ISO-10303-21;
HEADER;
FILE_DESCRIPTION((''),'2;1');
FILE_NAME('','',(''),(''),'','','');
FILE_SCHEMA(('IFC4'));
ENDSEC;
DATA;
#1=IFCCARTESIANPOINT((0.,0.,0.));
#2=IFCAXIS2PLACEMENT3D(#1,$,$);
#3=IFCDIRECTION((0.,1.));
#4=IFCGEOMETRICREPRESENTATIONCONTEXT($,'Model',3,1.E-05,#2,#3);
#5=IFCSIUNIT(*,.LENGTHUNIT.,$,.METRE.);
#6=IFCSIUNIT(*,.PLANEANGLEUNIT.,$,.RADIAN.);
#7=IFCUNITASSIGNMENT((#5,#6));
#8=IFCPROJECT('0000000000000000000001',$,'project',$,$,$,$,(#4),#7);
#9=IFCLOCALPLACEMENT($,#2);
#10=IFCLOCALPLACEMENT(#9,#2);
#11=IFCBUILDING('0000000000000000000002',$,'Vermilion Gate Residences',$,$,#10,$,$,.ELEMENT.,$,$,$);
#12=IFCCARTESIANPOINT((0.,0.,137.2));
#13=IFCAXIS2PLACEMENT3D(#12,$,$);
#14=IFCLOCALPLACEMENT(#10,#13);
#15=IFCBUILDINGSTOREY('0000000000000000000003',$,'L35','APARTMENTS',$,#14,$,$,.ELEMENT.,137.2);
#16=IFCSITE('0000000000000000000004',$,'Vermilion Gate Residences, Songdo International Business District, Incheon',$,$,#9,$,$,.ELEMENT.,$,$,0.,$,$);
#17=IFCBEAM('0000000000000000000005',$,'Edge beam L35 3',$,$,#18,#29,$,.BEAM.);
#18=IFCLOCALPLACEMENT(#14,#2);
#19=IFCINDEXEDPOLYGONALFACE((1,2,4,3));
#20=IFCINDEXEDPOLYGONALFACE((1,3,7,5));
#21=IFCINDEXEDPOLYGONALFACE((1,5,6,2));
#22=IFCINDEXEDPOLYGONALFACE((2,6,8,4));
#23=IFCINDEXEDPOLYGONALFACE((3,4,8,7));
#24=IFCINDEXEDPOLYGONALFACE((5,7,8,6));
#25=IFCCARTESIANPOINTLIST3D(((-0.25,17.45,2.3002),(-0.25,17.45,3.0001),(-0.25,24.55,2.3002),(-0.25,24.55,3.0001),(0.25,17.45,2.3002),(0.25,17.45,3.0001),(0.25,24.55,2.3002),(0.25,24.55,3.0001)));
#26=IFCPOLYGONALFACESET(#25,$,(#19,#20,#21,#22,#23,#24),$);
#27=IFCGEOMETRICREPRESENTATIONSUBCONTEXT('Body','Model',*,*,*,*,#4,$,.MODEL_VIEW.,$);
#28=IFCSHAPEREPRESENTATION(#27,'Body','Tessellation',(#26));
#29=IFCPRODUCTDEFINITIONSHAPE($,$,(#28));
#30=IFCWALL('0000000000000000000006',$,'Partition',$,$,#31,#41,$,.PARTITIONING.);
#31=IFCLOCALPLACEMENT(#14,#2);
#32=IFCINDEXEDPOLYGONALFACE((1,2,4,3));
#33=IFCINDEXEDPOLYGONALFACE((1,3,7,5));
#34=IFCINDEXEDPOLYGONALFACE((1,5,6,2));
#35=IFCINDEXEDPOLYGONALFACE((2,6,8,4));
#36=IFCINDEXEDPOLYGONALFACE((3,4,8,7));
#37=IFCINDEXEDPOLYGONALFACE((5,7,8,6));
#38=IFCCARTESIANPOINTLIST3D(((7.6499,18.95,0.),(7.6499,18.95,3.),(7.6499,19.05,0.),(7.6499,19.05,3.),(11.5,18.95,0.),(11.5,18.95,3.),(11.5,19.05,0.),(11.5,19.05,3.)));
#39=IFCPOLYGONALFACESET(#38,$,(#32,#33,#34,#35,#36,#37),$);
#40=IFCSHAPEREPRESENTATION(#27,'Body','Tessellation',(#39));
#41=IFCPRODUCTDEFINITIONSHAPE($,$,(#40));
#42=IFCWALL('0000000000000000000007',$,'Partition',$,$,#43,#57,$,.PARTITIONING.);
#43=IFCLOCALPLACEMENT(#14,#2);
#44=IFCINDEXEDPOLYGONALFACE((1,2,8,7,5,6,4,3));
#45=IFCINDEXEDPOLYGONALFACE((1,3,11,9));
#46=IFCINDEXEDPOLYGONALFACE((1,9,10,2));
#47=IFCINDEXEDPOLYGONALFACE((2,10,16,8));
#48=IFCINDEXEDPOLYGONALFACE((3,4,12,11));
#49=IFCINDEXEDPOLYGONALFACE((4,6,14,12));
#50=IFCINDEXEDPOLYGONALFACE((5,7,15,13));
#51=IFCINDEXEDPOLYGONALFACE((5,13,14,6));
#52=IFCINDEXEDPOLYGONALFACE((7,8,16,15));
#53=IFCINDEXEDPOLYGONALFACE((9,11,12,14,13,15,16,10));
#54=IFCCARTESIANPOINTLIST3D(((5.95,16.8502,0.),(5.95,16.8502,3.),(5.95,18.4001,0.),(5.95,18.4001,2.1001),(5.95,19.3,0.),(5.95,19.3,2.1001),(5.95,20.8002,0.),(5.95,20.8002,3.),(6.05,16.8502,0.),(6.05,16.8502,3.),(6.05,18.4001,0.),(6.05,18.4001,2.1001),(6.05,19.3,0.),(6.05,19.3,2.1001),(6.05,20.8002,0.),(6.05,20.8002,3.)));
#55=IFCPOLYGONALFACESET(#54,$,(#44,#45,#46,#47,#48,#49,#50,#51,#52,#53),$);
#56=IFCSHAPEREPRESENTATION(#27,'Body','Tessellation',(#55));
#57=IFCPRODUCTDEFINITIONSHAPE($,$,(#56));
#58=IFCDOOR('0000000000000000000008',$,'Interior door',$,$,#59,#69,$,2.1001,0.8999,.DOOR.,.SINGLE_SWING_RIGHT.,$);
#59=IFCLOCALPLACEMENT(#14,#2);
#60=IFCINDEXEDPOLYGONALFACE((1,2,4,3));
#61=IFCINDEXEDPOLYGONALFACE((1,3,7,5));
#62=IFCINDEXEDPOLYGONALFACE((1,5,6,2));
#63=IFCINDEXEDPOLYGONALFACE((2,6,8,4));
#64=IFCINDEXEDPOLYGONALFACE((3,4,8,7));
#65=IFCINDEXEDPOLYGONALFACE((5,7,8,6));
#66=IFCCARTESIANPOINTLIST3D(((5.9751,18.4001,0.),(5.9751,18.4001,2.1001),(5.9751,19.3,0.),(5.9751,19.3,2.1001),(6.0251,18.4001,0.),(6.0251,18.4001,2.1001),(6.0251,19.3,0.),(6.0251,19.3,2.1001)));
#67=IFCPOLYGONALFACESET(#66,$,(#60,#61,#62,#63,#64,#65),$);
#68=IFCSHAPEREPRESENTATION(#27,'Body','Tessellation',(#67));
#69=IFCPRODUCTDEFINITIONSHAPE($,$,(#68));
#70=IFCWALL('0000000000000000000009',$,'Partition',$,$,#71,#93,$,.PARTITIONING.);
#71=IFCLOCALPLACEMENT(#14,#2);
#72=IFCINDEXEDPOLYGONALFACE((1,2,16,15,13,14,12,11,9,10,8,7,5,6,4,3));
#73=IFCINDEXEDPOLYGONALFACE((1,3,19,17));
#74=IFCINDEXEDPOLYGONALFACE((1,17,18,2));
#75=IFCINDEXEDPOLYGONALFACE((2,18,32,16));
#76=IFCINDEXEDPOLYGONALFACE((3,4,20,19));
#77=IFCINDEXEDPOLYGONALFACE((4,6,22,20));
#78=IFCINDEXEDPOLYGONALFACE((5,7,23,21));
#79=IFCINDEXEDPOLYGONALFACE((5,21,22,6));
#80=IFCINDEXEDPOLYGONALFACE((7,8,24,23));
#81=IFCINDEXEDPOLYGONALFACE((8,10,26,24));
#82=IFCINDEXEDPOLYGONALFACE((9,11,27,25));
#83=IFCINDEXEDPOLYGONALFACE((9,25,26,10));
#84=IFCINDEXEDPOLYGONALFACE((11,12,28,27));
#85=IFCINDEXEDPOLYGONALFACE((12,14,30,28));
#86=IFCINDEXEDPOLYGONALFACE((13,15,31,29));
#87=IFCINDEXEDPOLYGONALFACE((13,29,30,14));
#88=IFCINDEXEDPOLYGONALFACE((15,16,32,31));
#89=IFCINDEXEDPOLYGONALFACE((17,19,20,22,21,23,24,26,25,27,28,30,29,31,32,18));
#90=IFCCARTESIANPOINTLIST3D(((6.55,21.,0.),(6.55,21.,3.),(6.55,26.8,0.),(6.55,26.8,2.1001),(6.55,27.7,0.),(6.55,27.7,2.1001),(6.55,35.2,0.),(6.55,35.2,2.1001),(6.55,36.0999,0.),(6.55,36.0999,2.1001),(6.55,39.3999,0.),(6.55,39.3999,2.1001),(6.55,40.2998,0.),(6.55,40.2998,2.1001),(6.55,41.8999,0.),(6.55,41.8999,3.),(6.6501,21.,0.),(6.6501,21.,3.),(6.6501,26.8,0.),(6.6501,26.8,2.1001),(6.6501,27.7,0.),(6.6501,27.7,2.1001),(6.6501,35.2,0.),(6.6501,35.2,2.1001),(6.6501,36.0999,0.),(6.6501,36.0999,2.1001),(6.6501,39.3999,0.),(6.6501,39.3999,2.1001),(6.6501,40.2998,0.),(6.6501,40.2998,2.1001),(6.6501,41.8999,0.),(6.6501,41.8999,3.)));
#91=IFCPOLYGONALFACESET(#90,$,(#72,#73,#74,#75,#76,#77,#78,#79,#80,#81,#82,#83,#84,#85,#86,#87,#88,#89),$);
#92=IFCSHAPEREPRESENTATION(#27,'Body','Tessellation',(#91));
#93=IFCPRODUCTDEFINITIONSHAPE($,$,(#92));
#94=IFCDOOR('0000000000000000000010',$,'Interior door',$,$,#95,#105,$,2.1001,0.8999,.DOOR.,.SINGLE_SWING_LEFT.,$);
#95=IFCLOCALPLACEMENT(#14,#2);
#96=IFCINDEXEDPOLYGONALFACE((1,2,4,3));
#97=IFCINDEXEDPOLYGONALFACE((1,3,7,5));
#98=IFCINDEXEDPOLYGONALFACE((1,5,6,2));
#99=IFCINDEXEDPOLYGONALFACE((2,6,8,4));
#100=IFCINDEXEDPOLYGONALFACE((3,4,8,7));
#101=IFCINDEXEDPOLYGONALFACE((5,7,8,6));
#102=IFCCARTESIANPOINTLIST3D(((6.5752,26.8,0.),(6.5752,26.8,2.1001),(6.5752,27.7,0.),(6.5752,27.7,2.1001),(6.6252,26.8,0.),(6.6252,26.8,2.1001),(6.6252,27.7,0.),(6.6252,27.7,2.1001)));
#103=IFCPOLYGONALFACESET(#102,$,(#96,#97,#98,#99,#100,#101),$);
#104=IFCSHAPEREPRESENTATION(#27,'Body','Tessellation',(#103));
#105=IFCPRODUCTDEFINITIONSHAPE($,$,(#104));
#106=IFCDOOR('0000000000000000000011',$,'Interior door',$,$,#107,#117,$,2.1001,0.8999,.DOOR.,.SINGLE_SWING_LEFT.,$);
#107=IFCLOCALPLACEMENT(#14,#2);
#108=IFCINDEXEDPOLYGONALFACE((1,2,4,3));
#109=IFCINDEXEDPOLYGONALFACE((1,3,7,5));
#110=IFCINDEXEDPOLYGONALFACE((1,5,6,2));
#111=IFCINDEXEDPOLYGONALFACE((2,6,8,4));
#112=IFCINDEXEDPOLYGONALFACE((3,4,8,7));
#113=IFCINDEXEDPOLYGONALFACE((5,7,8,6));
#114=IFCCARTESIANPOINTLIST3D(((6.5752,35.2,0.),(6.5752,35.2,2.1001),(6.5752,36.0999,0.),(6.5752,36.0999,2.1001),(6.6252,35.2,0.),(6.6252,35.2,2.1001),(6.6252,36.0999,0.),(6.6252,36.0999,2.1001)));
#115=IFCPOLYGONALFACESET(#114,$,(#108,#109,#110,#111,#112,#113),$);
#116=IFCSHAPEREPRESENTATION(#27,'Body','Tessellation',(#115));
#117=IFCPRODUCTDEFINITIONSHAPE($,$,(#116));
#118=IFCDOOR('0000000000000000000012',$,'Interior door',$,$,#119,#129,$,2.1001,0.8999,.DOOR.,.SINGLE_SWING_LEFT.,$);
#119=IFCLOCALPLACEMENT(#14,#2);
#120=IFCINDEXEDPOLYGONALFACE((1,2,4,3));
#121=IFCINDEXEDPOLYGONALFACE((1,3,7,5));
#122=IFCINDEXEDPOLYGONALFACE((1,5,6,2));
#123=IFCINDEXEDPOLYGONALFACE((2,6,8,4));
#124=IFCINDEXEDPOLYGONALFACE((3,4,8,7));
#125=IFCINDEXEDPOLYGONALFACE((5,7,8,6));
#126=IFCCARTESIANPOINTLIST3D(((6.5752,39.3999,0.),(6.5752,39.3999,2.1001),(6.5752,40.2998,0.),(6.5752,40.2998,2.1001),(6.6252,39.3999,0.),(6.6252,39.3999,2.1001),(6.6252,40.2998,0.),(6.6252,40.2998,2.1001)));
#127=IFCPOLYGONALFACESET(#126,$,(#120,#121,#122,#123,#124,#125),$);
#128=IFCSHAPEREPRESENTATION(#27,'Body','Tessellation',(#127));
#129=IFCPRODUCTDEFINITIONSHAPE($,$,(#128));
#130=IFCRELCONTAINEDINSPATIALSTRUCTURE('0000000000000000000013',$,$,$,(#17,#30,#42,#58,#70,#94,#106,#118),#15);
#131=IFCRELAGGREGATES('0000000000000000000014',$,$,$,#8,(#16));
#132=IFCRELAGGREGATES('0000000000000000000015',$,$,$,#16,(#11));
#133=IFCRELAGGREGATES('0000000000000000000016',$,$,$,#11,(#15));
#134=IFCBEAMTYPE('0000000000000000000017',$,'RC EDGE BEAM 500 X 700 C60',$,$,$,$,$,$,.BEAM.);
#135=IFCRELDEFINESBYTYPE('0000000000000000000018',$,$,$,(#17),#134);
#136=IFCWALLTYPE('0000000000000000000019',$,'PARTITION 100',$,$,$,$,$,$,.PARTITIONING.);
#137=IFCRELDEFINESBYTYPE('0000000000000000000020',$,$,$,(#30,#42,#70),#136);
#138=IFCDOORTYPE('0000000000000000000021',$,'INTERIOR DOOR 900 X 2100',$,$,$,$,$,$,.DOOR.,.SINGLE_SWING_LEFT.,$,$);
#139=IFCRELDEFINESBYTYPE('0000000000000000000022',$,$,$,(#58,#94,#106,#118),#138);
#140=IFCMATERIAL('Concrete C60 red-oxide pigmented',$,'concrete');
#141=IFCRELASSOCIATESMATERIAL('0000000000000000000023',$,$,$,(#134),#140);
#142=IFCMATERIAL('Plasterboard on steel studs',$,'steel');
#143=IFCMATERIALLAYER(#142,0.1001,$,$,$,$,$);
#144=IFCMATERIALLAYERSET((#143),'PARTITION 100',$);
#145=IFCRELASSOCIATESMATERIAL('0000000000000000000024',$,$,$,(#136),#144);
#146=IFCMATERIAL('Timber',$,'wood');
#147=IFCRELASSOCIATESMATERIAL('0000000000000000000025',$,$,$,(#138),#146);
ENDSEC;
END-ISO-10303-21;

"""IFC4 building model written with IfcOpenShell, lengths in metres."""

from ifc_helpers import new_model, si_unit, direction, frame, frame_2d, origin, origin_2d, place, context, subcontext, project, spatial, rectangle, extrude, material, layer, layer_set, material_profile, profile_set, type_object, element, fill, save


model = new_model("IFC4")

# Units and contexts
model_context = context("Model", 3, precision=1e-05, world=origin(), true_north=direction((0.0, 1.0)))
body_context = subcontext(model_context, "Body", "Model", "MODEL_VIEW")
ifc_project = project(units=[si_unit("LENGTHUNIT", "METRE"), si_unit("PLANEANGLEUNIT", "RADIAN")], contexts=[model_context])

# Site, building, storey
site_placement = place(None, origin())
site = spatial("IfcSite", under=ifc_project, at=site_placement, Name="Vermilion Gate Residences, Songdo International Business District, Incheon", CompositionType="ELEMENT", RefElevation=0.0)
building_placement = place(site_placement, origin())
building = spatial("IfcBuilding", under=site, at=building_placement, Name="Vermilion Gate Residences", CompositionType="ELEMENT")
storey_placement = place(building_placement, frame((0.0, 0.0, 137.2)))
storey = spatial("IfcBuildingStorey", under=building, at=storey_placement, Name="L35", Description="APARTMENTS", CompositionType="ELEMENT", Elevation=137.2)

# Beam
ifc_material_1 = material(Name="Concrete C60 red-oxide pigmented", Category="concrete")
ifc_material_profile_1 = material_profile(ifc_material_1, rectangle(XDim=0.5, YDim=0.7, at=origin_2d()), Name="RC-500x700")
ifc_profile_set_1 = profile_set([ifc_material_profile_1], Name="Concrete C60 red-oxide pigmented")
beam_type = type_object("IfcBeamType", Name="RC EDGE BEAM 500 X 700 C60", PredefinedType="BEAM", material=ifc_profile_set_1)
beam_placement = place(storey_placement, frame((0.0, 17.45, 2.6501), z_axis=(0.0, 1.0, 0.0), x_axis=(-1.0, 0.0, 0.0)))
element("IfcBeam", 1, at=beam_placement, inside=storey, type_object=beam_type, Name="Edge beam L35 3", PredefinedType="BEAM", context=body_context, shape_type="SweptSolid", body=[
    extrude(rectangle(XDim=0.5, YDim=0.7, at=origin_2d()), origin(), (0.0, 0.0, 1.0), 7.1001),
])

# Wall
ifc_material_2 = material(Name="Plasterboard on steel studs", Category="steel")
ifc_layer_1 = layer(ifc_material_2, 0.1001)
ifc_layer_set_1 = layer_set([ifc_layer_1], Name="PARTITION 100")
wall_type_1 = type_object("IfcWallType", Name="PARTITION 100", PredefinedType="PARTITIONING", material=ifc_layer_set_1)
wall_1_placement = place(storey_placement, frame((7.6499, 19.0, 0.0), z_axis=(0.0, 0.0, 1.0), x_axis=(1.0, 0.0, 0.0)))
element("IfcWall", 2, at=wall_1_placement, inside=storey, type_object=wall_type_1, Name="Partition", PredefinedType="PARTITIONING", context=body_context, shape_type="SweptSolid", body=[
    extrude(rectangle(XDim=3.8501, YDim=0.1001, at=frame_2d((1.925, 0.0))), origin(), (0.0, 0.0, 1.0), 3.0),
])

# Wall, opening, door
wall_2_placement = place(storey_placement, frame((6.0, 16.8501, 0.0), z_axis=(0.0, 0.0, 1.0), x_axis=(0.0, 1.0, 0.0)))
wall_2 = element("IfcWall", 3, at=wall_2_placement, inside=storey, type_object=wall_type_1, Name="Partition", PredefinedType="PARTITIONING", context=body_context, shape_type="SweptSolid", body=[
    extrude(rectangle(XDim=3.95, YDim=0.1001, at=frame_2d((1.9751, 0.0))), origin(), (0.0, 0.0, 1.0), 3.0),
])
opening_1_placement = place(wall_2_placement, frame((1.55, 0.0, 0.0)))
opening_1 = element("IfcOpeningElement", 4, at=opening_1_placement, cuts=wall_2, PredefinedType="OPENING", context=body_context, shape_type="SweptSolid", body=[
    extrude(rectangle(XDim=0.8999, YDim=2.1001, at=frame_2d((0.45, 1.05))), frame((0.0, 0.0601, 0.0), z_axis=(0.0, -1.0, 0.0), x_axis=(1.0, 0.0, 0.0)), (0.0, 0.0, 1.0), 0.1201),
])
ifc_material_3 = material(Name="Timber", Category="wood")
door_type = type_object("IfcDoorType", Name="INTERIOR DOOR 900 X 2100", OperationType="SINGLE_SWING_LEFT", PredefinedType="DOOR", material=ifc_material_3)
door_1_placement = place(opening_1_placement, origin())
door_1 = element("IfcDoor", 5, at=door_1_placement, inside=storey, type_object=door_type, Name="Interior door", OperationType="SINGLE_SWING_RIGHT", OverallHeight=2.1001, OverallWidth=0.8999, PredefinedType="DOOR", context=body_context, shape_type="SweptSolid", body=[
    extrude(rectangle(XDim=0.8999, YDim=2.1001, at=frame_2d((0.45, 1.05))), frame((0.0, 0.0249, 0.0), z_axis=(0.0, -1.0, 0.0), x_axis=(1.0, 0.0, 0.0)), (0.0, 0.0, 1.0), 0.05),
])
fill(opening_1, door_1)

# Wall, openings, doors
wall_3_placement = place(storey_placement, frame((6.6001, 21.0, 0.0), z_axis=(0.0, 0.0, 1.0), x_axis=(0.0, 1.0, 0.0)))
wall_3 = element("IfcWall", 6, at=wall_3_placement, inside=storey, type_object=wall_type_1, Name="Partition", PredefinedType="PARTITIONING", context=body_context, shape_type="SweptSolid", body=[
    extrude(rectangle(XDim=20.8999, YDim=0.1001, at=frame_2d((10.45, 0.0))), origin(), (0.0, 0.0, 1.0), 3.0),
])
opening_2_placement = place(wall_3_placement, frame((5.8, 0.0, 0.0)))
opening_2 = element("IfcOpeningElement", 7, at=opening_2_placement, cuts=wall_3, PredefinedType="OPENING", context=body_context, shape_type="SweptSolid", body=[
    extrude(rectangle(XDim=0.8999, YDim=2.1001, at=frame_2d((0.45, 1.05))), frame((0.0, 0.0601, 0.0), z_axis=(0.0, -1.0, 0.0), x_axis=(1.0, 0.0, 0.0)), (0.0, 0.0, 1.0), 0.1201),
])
opening_3_placement = place(wall_3_placement, frame((14.2, 0.0, 0.0)))
opening_3 = element("IfcOpeningElement", 8, at=opening_3_placement, cuts=wall_3, PredefinedType="OPENING", context=body_context, shape_type="SweptSolid", body=[
    extrude(rectangle(XDim=0.8999, YDim=2.1001, at=frame_2d((0.45, 1.05))), frame((0.0, 0.0601, 0.0), z_axis=(0.0, -1.0, 0.0), x_axis=(1.0, 0.0, 0.0)), (0.0, 0.0, 1.0), 0.1201),
])
opening_4_placement = place(wall_3_placement, frame((18.3999, 0.0, 0.0)))
opening_4 = element("IfcOpeningElement", 9, at=opening_4_placement, cuts=wall_3, PredefinedType="OPENING", context=body_context, shape_type="SweptSolid", body=[
    extrude(rectangle(XDim=0.8999, YDim=2.1001, at=frame_2d((0.45, 1.05))), frame((0.0, 0.0601, 0.0), z_axis=(0.0, -1.0, 0.0), x_axis=(1.0, 0.0, 0.0)), (0.0, 0.0, 1.0), 0.1201),
])
door_2_placement = place(opening_2_placement, origin())
door_2 = element("IfcDoor", 10, at=door_2_placement, inside=storey, type_object=door_type, Name="Interior door", OperationType="SINGLE_SWING_LEFT", OverallHeight=2.1001, OverallWidth=0.8999, PredefinedType="DOOR", context=body_context, shape_type="SweptSolid", body=[
    extrude(rectangle(XDim=0.8999, YDim=2.1001, at=frame_2d((0.45, 1.05))), frame((0.0, 0.0249, 0.0), z_axis=(0.0, -1.0, 0.0), x_axis=(1.0, 0.0, 0.0)), (0.0, 0.0, 1.0), 0.05),
])
fill(opening_2, door_2)
door_3_placement = place(opening_3_placement, origin())
door_3 = element("IfcDoor", 11, at=door_3_placement, inside=storey, type_object=door_type, Name="Interior door", OperationType="SINGLE_SWING_LEFT", OverallHeight=2.1001, OverallWidth=0.8999, PredefinedType="DOOR", context=body_context, shape_type="SweptSolid", body=[
    extrude(rectangle(XDim=0.8999, YDim=2.1001, at=frame_2d((0.45, 1.05))), frame((0.0, 0.0249, 0.0), z_axis=(0.0, -1.0, 0.0), x_axis=(1.0, 0.0, 0.0)), (0.0, 0.0, 1.0), 0.05),
])
fill(opening_3, door_3)
door_4_placement = place(opening_4_placement, origin())
door_4 = element("IfcDoor", 12, at=door_4_placement, inside=storey, type_object=door_type, Name="Interior door", OperationType="SINGLE_SWING_LEFT", OverallHeight=2.1001, OverallWidth=0.8999, PredefinedType="DOOR", context=body_context, shape_type="SweptSolid", body=[
    extrude(rectangle(XDim=0.8999, YDim=2.1001, at=frame_2d((0.45, 1.05))), frame((0.0, 0.0249, 0.0), z_axis=(0.0, -1.0, 0.0), x_axis=(1.0, 0.0, 0.0)), (0.0, 0.0, 1.0), 0.05),
])
fill(opening_4, door_4)

save(model, "model.ifc")
